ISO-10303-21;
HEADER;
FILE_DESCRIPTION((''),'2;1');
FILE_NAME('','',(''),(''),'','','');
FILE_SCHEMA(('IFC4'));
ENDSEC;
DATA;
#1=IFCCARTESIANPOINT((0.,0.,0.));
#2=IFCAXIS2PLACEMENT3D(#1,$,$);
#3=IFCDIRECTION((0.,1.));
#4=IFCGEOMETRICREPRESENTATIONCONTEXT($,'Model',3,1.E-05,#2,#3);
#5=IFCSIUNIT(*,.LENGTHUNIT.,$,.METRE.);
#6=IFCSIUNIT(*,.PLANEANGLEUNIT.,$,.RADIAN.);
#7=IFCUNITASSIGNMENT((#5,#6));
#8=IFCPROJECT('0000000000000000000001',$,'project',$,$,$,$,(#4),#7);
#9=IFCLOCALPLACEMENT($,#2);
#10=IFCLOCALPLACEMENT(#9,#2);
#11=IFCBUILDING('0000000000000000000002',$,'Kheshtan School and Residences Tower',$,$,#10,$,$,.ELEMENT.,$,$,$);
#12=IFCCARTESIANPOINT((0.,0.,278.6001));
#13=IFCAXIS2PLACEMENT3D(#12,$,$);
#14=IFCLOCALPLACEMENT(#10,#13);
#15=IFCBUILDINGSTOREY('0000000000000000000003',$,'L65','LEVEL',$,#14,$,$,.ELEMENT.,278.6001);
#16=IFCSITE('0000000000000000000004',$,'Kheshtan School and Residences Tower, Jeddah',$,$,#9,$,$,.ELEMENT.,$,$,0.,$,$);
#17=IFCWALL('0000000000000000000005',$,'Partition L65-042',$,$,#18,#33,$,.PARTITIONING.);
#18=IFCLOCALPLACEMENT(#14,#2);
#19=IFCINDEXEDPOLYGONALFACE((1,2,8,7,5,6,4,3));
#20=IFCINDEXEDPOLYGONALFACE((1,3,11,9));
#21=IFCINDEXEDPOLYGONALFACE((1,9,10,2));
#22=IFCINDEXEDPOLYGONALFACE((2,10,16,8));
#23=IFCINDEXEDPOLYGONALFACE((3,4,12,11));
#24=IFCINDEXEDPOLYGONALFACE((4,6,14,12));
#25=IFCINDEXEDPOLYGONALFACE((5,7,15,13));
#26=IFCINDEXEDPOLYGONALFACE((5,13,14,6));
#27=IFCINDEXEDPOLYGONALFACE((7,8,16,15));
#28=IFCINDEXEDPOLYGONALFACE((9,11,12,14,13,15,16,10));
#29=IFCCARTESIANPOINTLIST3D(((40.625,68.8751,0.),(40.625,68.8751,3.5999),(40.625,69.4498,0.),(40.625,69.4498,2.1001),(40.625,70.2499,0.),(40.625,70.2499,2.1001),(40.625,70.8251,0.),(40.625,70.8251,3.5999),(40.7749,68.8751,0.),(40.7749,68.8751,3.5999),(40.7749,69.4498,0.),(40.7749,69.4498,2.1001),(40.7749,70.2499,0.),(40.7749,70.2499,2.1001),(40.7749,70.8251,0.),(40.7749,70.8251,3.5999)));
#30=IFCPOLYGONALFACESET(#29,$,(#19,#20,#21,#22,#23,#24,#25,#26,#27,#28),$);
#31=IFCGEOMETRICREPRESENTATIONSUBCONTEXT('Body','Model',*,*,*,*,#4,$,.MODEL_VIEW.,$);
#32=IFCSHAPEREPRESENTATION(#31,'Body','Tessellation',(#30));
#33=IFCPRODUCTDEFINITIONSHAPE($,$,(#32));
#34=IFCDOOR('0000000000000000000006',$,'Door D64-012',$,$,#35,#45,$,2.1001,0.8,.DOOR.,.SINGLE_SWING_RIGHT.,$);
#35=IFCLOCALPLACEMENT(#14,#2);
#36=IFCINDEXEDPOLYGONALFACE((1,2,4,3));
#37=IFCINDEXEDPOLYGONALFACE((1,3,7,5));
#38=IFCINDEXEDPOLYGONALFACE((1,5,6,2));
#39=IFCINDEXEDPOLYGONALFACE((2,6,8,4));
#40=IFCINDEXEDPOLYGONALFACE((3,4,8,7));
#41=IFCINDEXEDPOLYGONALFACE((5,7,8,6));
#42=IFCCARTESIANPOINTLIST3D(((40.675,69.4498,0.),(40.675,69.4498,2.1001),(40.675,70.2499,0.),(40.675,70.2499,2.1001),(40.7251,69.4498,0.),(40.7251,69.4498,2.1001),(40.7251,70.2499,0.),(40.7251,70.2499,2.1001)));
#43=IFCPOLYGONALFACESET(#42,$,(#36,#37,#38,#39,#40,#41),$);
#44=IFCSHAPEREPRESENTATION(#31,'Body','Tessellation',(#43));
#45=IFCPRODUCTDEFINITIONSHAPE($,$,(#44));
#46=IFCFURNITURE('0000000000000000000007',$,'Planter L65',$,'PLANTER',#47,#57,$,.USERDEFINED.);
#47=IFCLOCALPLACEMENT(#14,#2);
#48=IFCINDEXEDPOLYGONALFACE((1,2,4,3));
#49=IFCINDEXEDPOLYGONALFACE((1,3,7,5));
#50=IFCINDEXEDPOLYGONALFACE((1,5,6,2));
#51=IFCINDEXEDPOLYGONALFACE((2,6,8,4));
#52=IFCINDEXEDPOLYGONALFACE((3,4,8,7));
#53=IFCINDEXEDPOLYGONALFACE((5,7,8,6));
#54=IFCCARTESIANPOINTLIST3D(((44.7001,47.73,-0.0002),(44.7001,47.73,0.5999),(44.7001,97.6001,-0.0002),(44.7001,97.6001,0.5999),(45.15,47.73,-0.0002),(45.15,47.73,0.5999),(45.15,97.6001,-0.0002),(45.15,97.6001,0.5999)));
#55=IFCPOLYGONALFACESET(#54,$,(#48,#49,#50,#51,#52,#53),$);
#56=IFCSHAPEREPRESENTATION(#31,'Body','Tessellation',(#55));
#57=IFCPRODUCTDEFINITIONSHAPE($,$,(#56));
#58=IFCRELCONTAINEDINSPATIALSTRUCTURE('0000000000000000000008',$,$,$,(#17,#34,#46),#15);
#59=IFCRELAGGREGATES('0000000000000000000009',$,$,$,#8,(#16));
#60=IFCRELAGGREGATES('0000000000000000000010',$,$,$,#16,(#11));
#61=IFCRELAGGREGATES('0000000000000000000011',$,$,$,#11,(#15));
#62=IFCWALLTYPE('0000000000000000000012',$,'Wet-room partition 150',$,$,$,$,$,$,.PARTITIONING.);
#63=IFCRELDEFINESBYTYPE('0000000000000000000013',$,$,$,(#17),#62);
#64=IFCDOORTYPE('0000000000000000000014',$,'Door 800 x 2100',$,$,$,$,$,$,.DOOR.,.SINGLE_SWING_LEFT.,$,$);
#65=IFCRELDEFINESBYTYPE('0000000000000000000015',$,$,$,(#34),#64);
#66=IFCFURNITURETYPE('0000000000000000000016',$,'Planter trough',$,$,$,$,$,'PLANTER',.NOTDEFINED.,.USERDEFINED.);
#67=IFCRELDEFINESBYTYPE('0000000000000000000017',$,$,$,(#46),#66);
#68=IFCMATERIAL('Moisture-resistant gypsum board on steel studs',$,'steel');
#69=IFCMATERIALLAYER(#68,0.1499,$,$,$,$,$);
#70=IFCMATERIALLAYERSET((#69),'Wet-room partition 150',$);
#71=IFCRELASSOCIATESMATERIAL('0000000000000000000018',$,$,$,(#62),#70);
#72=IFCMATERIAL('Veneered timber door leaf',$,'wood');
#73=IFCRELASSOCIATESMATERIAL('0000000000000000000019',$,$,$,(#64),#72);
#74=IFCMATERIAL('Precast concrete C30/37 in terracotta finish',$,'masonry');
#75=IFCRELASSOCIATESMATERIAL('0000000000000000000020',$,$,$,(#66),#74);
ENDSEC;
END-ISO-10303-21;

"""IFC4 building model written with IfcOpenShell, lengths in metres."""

from ifc_helpers import new_model, si_unit, direction, frame, frame_2d, origin, origin_2d, place, context, subcontext, project, spatial, rectangle, extrude, source, transform, mapped, material, layer, layer_set, type_object, element, fill, save


model = new_model("IFC4")

# Units and contexts
model_context = context("Model", 3, precision=1e-05, world=origin(), true_north=direction((0.0, 1.0)))
body_context = subcontext(model_context, "Body", "Model", "MODEL_VIEW")
ifc_project = project(units=[si_unit("LENGTHUNIT", "METRE"), si_unit("PLANEANGLEUNIT", "RADIAN")], contexts=[model_context])

# Site, building, storey
site_placement = place(None, origin())
site = spatial("IfcSite", under=ifc_project, at=site_placement, Name="Kheshtan School and Residences Tower, Jeddah", CompositionType="ELEMENT", RefElevation=0.0)
building_placement = place(site_placement, origin())
building = spatial("IfcBuilding", under=site, at=building_placement, Name="Kheshtan School and Residences Tower", CompositionType="ELEMENT")
storey_placement = place(building_placement, frame((0.0, 0.0, 278.6001)))
storey = spatial("IfcBuildingStorey", under=building, at=storey_placement, Name="L65", Description="LEVEL", CompositionType="ELEMENT", Elevation=278.6001)

# Wall, opening, door
ifc_material_1 = material(Name="Moisture-resistant gypsum board on steel studs", Category="steel")
ifc_layer_1 = layer(ifc_material_1, 0.1499)
ifc_layer_set_1 = layer_set([ifc_layer_1], Name="Wet-room partition 150")
wall_type_1 = type_object("IfcWallType", Name="Wet-room partition 150", PredefinedType="PARTITIONING", material=ifc_layer_set_1)
wall_1_placement = place(storey_placement, frame((40.7, 68.875, 0.0), z_axis=(0.0, 0.0, 1.0), x_axis=(0.0, 1.0, 0.0)))
wall_1 = element("IfcWall", 1, at=wall_1_placement, inside=storey, type_object=wall_type_1, Name="Partition L65-042", PredefinedType="PARTITIONING", context=body_context, shape_type="SweptSolid", body=[
    extrude(rectangle(XDim=1.95, YDim=0.1499, at=frame_2d((0.9751, 0.0))), origin(), (0.0, 0.0, 1.0), 3.5999),
])
opening_1_placement = place(wall_1_placement, frame((0.575, 0.0, 0.0)))
opening_1 = element("IfcOpeningElement", 2, at=opening_1_placement, cuts=wall_1, PredefinedType="OPENING", context=body_context, shape_type="SweptSolid", body=[
    extrude(rectangle(XDim=0.8, YDim=2.1001, at=frame_2d((0.3999, 1.05))), frame((0.0, 0.085, 0.0), z_axis=(0.0, -1.0, 0.0), x_axis=(1.0, 0.0, 0.0)), (0.0, 0.0, 1.0), 0.1699),
])
ifc_material_2 = material(Name="Veneered timber door leaf", Category="wood")
door_type_1 = type_object("IfcDoorType", Name="Door 800 x 2100", OperationType="SINGLE_SWING_LEFT", PredefinedType="DOOR", material=ifc_material_2)
shared_shape_1 = source(origin(), body_context, "Body", "SweptSolid", [
    extrude(rectangle(XDim=0.8, YDim=2.1001, at=frame_2d((0.3999, 1.05))), frame((0.0, 0.0249, 0.0), z_axis=(0.0, -1.0, 0.0), x_axis=(1.0, 0.0, 0.0)), (0.0, 0.0, 1.0), 0.05),
])
door_1_placement = place(opening_1_placement, origin())
door_1 = element("IfcDoor", 3, at=door_1_placement, inside=storey, type_object=door_type_1, Name="Door D64-012", OperationType="SINGLE_SWING_RIGHT", OverallHeight=2.1001, OverallWidth=0.8, PredefinedType="DOOR", context=body_context, shape_type="MappedRepresentation", body=[
    mapped(shared_shape_1, transform((0.0, 0.0, 0.0), x_axis=(1.0, 0.0, 0.0), y_axis=(0.0, 1.0, 0.0), z_axis=(0.0, 0.0, 1.0), scale=1.0)),
])
fill(opening_1, door_1)

# Furniture
ifc_material_3 = material(Name="Precast concrete C30/37 in terracotta finish", Category="masonry")
furniture_type = type_object("IfcFurnitureType", Name="Planter trough", ElementType="PLANTER", AssemblyPlace="NOTDEFINED", PredefinedType="USERDEFINED", material=ifc_material_3)
furniture_placement = place(storey_placement, frame((44.925, 72.665, -0.0002), z_axis=(0.0, 0.0, 1.0), x_axis=(0.0, -1.0, 0.0)))
element("IfcFurniture", 4, at=furniture_placement, inside=storey, type_object=furniture_type, Name="Planter L65", ObjectType="PLANTER", PredefinedType="USERDEFINED", context=body_context, shape_type="SweptSolid", body=[
    extrude(rectangle(XDim=49.8701, YDim=0.45, at=origin_2d()), origin(), (0.0, 0.0, 1.0), 0.6001),
])

save(model, "model.ifc")
